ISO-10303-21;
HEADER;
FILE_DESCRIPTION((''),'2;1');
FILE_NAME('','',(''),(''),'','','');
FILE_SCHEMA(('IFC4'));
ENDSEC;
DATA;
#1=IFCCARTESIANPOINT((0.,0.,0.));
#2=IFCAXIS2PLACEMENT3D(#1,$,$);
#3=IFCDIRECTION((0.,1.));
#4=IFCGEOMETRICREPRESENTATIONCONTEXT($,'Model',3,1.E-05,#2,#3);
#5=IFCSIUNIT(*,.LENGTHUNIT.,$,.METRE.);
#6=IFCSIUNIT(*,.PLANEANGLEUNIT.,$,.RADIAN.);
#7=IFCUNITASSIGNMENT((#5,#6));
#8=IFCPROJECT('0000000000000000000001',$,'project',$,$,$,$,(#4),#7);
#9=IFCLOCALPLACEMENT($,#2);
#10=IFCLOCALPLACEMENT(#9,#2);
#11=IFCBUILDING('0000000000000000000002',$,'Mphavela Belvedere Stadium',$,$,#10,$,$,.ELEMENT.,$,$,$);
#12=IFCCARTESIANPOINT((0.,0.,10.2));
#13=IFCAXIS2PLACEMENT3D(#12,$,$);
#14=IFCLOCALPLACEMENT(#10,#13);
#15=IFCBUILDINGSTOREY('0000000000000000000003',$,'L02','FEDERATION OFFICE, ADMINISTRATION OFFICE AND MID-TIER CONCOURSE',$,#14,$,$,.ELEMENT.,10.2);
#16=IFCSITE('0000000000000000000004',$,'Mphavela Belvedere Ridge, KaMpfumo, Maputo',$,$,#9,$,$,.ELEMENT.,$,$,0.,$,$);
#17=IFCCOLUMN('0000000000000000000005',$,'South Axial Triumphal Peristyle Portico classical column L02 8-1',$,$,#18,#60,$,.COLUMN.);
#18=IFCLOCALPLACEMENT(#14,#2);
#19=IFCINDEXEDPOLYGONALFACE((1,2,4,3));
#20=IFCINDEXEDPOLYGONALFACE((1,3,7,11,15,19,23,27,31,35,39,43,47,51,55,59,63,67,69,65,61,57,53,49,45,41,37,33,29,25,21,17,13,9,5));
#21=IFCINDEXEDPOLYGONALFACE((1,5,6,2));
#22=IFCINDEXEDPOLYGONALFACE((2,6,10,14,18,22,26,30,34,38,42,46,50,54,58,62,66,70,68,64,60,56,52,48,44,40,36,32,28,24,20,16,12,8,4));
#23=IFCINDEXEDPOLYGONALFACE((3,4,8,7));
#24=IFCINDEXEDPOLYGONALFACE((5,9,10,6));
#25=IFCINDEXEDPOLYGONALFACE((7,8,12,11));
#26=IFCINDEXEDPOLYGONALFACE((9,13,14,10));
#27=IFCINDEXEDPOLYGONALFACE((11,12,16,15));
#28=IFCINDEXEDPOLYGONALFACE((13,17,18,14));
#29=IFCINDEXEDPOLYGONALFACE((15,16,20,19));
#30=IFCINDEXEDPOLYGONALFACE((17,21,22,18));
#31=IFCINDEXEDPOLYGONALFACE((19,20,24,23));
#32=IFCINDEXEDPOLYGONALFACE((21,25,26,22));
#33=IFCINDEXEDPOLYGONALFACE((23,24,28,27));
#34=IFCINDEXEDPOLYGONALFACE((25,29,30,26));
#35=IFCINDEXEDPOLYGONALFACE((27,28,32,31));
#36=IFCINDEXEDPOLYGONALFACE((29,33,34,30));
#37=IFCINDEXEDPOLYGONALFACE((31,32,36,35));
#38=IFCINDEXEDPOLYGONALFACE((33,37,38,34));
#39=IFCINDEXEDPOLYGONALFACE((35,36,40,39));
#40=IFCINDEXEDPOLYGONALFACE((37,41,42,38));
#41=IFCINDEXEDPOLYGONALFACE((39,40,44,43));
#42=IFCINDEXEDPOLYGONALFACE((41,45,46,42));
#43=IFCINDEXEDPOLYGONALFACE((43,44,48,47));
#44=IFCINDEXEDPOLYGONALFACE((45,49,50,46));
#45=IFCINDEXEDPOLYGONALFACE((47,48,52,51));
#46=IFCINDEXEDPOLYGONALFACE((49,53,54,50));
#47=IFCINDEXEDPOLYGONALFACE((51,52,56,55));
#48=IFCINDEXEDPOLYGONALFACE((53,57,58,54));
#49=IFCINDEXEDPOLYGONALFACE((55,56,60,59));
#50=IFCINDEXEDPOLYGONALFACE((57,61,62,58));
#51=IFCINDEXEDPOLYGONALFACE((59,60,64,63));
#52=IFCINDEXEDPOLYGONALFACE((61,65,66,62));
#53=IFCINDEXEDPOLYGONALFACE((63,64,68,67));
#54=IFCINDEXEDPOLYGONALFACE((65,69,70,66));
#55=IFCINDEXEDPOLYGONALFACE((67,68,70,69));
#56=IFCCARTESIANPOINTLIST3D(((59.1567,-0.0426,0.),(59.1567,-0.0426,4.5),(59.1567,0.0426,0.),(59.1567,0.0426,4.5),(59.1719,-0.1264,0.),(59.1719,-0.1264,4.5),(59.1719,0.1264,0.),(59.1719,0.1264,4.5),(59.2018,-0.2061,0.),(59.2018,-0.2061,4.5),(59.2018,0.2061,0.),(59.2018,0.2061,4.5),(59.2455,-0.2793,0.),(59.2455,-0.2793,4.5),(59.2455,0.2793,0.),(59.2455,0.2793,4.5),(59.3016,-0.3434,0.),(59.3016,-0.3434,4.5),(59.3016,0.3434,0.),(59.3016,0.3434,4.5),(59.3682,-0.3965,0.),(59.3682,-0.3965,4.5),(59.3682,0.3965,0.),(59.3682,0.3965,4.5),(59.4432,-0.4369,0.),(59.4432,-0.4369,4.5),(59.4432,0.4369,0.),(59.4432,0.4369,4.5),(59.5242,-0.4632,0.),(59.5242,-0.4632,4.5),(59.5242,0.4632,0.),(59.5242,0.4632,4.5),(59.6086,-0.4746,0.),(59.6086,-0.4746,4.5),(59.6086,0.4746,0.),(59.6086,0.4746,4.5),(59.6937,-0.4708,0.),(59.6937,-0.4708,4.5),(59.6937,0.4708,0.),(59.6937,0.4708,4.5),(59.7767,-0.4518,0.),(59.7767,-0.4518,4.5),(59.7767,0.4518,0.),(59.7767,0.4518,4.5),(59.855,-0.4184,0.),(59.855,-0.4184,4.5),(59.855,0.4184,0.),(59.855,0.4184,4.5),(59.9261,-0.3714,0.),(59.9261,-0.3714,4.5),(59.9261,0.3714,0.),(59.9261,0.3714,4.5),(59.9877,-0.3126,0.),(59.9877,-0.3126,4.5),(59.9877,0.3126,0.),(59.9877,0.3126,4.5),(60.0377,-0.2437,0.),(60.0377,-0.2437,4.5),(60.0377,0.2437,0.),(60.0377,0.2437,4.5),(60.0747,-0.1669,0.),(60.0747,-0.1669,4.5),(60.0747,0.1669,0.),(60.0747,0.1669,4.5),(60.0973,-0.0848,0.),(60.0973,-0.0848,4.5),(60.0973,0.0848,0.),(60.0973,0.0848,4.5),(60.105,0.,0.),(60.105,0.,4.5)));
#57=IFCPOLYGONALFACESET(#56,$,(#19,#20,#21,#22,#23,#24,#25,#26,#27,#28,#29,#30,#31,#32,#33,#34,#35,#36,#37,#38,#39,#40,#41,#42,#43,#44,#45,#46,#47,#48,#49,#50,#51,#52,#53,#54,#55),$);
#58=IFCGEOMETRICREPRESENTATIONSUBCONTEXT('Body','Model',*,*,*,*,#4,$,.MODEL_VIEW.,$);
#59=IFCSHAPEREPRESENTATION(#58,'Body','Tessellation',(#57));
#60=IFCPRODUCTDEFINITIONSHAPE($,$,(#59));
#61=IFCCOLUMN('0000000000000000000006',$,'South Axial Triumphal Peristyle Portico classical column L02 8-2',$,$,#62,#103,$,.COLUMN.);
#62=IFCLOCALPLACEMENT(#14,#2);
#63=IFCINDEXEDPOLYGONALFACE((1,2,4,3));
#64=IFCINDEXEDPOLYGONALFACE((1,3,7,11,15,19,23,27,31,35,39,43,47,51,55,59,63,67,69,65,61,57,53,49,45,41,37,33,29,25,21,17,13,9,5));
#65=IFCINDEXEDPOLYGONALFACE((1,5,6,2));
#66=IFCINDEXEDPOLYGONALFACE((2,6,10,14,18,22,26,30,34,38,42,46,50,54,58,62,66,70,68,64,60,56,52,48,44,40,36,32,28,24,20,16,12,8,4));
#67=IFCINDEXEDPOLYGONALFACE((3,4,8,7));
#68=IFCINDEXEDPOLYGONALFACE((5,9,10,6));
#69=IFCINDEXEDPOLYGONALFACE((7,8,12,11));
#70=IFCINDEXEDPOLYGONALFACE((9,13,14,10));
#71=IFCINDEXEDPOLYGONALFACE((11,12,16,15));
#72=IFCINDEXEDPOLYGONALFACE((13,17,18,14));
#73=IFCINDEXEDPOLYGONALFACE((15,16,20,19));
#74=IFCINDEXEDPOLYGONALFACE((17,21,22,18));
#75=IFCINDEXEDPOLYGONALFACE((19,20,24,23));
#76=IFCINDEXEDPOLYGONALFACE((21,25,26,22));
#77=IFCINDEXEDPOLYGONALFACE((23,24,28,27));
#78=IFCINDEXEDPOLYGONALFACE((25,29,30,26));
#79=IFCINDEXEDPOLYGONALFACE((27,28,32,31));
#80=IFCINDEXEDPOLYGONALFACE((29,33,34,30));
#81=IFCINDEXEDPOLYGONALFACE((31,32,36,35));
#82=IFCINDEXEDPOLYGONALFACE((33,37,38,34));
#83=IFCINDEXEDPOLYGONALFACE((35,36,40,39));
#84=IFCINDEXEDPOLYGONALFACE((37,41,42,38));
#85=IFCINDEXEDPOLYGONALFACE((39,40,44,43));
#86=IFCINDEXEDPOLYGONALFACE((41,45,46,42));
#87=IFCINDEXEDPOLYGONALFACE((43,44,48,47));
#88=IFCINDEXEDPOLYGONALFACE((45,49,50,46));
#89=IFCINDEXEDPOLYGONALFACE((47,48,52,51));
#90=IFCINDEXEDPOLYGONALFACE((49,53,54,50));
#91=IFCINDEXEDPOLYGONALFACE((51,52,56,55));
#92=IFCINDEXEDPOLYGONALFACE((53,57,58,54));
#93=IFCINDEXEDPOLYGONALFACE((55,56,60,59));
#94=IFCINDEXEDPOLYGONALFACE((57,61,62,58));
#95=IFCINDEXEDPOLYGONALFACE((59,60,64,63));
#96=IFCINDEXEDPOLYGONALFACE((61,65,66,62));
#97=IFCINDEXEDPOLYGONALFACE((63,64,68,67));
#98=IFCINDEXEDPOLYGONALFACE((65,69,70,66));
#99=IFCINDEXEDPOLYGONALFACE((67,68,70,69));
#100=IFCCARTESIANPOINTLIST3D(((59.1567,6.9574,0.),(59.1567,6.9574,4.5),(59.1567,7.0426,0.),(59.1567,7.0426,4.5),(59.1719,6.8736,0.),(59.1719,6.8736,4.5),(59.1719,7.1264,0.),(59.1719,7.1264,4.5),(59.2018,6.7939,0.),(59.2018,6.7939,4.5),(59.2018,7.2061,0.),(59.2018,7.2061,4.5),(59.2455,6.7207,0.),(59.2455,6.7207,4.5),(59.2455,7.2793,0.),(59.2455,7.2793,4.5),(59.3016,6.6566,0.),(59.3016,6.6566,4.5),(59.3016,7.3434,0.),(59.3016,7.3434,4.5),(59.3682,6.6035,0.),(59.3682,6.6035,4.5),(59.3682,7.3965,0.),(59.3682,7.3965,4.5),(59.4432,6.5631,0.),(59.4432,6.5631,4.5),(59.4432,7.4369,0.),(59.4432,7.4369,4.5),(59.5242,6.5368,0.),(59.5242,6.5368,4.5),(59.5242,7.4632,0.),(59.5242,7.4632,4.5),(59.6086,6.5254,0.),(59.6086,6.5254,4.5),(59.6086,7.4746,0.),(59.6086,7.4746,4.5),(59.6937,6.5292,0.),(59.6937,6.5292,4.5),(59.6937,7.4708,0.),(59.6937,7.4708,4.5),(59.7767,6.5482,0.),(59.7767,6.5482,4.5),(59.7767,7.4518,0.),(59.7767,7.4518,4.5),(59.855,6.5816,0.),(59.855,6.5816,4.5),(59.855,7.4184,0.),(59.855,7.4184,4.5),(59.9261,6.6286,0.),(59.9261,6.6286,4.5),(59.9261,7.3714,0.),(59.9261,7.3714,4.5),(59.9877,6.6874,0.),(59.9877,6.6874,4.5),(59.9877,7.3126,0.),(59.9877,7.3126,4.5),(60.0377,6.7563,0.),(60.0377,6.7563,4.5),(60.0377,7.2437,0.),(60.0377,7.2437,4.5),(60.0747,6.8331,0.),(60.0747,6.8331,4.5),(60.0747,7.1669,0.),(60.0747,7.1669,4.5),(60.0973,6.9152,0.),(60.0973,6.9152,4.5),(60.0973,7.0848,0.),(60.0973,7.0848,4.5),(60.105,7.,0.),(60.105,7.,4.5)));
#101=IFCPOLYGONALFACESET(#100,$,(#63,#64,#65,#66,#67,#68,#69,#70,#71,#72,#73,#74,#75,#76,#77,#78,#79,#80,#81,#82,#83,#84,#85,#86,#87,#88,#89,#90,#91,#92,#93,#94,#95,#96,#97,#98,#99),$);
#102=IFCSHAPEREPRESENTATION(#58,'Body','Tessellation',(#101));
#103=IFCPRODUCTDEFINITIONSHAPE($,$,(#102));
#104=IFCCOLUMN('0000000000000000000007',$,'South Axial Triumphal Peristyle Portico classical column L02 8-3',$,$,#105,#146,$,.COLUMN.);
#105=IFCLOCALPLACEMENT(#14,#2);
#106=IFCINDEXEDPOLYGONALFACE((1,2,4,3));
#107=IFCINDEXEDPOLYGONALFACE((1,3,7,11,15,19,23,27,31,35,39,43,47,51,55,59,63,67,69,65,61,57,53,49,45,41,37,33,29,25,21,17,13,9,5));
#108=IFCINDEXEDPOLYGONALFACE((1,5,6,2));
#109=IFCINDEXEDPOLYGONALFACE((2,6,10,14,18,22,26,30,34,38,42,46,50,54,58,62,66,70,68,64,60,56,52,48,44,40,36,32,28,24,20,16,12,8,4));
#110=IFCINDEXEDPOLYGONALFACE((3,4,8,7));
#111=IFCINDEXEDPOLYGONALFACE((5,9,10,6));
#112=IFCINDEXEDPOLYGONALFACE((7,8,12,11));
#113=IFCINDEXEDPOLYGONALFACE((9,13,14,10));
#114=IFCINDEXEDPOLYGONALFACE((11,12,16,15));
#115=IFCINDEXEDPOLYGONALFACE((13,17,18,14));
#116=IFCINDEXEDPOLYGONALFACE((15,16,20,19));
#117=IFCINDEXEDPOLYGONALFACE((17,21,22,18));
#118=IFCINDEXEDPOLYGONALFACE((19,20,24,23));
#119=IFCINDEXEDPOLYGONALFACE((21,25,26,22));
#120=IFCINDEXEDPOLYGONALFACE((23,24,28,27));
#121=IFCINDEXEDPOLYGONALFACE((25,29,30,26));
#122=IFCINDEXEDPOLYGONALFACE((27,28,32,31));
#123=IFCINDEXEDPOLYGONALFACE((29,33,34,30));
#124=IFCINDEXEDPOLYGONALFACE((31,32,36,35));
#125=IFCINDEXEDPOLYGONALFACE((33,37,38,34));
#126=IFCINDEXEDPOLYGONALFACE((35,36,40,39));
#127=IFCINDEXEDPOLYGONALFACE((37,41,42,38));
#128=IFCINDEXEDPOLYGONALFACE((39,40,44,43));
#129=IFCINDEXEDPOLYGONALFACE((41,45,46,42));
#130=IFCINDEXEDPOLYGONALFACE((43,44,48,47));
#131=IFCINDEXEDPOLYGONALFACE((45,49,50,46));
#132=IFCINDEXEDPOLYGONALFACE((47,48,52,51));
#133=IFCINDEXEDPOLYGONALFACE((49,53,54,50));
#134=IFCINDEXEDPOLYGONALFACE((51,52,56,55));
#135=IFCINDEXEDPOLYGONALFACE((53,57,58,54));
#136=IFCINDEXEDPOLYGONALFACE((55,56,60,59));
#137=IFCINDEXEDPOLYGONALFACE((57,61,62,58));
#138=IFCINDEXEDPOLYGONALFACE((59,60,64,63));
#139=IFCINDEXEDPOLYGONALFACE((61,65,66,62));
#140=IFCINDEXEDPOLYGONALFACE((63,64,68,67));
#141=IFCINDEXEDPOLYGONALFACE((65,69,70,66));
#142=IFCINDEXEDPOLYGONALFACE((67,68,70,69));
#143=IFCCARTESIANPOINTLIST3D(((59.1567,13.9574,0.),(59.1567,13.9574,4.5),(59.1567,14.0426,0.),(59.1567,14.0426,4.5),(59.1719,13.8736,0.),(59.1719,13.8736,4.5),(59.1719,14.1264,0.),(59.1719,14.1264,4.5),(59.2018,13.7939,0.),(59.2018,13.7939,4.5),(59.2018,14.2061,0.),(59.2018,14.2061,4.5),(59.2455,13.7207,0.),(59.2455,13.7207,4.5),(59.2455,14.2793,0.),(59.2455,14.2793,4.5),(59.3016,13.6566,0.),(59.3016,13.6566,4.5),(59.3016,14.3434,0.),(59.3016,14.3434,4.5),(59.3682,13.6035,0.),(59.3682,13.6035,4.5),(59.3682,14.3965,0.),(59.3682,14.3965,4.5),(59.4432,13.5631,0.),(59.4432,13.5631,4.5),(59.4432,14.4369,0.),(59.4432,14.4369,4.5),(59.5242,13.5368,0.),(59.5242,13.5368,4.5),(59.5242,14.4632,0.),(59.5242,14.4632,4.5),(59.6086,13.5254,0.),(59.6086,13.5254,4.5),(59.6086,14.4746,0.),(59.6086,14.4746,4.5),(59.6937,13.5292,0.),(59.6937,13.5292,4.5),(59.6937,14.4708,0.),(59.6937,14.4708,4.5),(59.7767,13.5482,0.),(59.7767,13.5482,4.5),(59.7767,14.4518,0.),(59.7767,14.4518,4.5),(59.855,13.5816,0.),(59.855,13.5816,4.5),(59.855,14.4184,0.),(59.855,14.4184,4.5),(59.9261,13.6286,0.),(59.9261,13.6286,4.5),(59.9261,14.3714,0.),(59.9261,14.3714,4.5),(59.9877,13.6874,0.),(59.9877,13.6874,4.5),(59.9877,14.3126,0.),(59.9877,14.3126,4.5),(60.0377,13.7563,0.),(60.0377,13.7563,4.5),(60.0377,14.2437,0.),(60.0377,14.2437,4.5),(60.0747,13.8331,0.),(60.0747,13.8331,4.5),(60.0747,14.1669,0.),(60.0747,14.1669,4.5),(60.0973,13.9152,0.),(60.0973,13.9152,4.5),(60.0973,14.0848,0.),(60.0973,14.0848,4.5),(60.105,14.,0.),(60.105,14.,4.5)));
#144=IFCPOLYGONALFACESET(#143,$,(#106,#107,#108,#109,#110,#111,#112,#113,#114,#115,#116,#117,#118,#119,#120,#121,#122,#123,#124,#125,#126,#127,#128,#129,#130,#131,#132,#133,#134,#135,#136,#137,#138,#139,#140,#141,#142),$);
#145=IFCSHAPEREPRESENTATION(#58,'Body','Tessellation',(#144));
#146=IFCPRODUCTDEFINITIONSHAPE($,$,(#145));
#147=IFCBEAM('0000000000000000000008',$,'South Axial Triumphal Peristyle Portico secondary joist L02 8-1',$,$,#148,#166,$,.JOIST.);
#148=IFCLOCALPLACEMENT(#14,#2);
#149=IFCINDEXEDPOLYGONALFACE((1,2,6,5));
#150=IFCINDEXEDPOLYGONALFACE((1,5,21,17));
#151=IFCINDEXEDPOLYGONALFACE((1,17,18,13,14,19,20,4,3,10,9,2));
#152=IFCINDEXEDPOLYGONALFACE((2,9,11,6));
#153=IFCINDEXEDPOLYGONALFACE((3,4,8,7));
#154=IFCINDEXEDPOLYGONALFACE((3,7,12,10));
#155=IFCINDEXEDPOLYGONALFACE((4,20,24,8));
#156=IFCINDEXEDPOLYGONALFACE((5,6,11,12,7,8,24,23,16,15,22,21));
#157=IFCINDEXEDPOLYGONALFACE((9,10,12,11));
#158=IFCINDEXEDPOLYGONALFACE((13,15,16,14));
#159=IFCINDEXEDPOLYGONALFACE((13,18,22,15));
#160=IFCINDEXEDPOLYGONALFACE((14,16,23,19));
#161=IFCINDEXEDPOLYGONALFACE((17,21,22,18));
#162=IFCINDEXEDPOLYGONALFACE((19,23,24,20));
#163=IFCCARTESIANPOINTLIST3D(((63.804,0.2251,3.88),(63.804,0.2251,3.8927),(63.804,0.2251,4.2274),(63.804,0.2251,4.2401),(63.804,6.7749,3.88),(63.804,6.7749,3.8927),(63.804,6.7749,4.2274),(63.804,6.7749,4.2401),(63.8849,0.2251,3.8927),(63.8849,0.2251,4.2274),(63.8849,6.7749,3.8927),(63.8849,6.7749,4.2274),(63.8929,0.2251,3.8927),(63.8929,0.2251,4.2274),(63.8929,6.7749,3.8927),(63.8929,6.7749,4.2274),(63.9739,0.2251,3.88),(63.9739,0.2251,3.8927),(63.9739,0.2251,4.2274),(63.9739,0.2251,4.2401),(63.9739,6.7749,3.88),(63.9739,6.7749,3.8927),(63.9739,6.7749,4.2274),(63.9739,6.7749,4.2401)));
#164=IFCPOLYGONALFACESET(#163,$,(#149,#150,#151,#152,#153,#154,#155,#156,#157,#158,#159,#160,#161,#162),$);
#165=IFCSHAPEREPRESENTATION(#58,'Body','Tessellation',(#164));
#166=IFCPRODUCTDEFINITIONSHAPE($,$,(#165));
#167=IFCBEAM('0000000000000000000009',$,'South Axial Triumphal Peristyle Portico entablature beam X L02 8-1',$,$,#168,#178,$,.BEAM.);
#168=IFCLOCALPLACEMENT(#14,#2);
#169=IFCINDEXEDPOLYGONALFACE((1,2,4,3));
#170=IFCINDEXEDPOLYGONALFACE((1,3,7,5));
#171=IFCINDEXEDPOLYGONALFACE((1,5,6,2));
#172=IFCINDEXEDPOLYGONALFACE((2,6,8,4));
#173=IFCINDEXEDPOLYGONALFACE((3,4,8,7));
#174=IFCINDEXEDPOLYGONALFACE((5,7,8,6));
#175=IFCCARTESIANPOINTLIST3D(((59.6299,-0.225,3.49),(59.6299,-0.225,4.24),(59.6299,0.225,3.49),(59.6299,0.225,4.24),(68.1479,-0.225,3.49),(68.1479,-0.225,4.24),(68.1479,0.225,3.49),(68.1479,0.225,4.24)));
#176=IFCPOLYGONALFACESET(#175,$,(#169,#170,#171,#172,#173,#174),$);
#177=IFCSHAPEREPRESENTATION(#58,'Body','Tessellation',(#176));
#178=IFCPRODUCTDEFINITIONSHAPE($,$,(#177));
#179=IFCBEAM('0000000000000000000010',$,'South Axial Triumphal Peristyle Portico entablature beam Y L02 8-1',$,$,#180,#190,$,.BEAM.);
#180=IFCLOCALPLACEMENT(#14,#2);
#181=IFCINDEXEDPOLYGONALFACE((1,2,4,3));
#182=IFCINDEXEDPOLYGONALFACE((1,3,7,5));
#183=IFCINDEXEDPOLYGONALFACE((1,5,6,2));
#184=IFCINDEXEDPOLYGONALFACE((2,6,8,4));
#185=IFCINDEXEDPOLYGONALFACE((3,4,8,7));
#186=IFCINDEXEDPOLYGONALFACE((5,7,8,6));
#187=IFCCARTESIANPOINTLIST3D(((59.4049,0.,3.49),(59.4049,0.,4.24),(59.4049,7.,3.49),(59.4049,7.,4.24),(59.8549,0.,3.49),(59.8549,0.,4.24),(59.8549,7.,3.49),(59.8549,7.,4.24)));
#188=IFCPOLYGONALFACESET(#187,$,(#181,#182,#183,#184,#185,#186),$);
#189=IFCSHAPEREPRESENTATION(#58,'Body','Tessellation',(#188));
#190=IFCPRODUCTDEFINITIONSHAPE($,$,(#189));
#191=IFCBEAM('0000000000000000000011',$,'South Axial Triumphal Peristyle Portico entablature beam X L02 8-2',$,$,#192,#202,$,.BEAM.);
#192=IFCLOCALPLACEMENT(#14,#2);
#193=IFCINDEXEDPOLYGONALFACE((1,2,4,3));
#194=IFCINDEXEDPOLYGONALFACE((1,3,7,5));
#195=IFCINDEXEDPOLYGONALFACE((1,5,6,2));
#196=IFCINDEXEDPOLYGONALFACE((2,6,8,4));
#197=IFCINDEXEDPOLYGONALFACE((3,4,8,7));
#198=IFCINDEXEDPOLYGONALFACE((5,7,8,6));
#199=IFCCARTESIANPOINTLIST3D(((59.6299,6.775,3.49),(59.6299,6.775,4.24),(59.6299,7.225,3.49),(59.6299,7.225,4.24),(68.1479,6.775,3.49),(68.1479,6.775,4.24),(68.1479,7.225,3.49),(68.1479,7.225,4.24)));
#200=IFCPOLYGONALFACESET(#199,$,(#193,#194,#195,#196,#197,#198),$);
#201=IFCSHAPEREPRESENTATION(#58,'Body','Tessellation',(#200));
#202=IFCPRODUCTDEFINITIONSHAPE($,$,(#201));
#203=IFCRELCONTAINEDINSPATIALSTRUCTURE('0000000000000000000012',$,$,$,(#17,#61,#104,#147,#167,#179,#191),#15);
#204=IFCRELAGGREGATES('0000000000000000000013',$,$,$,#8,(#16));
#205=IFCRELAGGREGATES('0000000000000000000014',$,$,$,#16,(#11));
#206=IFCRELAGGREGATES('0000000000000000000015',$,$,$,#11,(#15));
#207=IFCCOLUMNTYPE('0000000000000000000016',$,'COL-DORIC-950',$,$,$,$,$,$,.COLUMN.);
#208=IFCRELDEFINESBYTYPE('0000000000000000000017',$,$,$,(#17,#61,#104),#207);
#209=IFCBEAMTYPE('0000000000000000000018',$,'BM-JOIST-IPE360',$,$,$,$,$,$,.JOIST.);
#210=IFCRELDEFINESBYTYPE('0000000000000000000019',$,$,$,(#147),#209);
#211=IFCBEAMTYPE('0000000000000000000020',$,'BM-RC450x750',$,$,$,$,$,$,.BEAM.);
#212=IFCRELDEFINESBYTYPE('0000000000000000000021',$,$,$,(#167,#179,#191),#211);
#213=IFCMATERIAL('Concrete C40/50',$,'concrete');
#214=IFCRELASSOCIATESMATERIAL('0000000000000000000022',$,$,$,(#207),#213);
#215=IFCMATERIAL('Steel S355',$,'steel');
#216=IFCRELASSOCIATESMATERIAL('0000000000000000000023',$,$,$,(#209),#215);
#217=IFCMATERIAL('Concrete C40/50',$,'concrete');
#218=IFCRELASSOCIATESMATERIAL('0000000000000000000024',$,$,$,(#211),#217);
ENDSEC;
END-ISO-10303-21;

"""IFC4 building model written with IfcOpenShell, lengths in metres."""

from ifc_helpers import new_model, si_unit, direction, frame, origin, origin_2d, place, context, subcontext, project, spatial, rectangle, circle, i_section, extrude, material, material_profile, profile_set, type_object, element, save


model = new_model("IFC4")

# Units and contexts
model_context = context("Model", 3, precision=1e-05, world=origin(), true_north=direction((0.0, 1.0)))
body_context = subcontext(model_context, "Body", "Model", "MODEL_VIEW")
ifc_project = project(units=[si_unit("LENGTHUNIT", "METRE"), si_unit("PLANEANGLEUNIT", "RADIAN")], contexts=[model_context])

# Site, building, storey
site_placement = place(None, origin())
site = spatial("IfcSite", under=ifc_project, at=site_placement, Name="Mphavela Belvedere Ridge, KaMpfumo, Maputo", CompositionType="ELEMENT", RefElevation=0.0)
building_placement = place(site_placement, origin())
building = spatial("IfcBuilding", under=site, at=building_placement, Name="Mphavela Belvedere Stadium", CompositionType="ELEMENT")
storey_placement = place(building_placement, frame((0.0, 0.0, 10.2)))
storey = spatial("IfcBuildingStorey", under=building, at=storey_placement, Name="L02", Description="FEDERATION OFFICE, ADMINISTRATION OFFICE AND MID-TIER CONCOURSE", CompositionType="ELEMENT", Elevation=10.2)

# Columns
ifc_material_1 = material(Name="Concrete C40/50", Category="concrete")
ifc_material_profile_1 = material_profile(ifc_material_1, circle(Radius=0.4751, at=origin_2d()), Name="COL D950")
ifc_profile_set_1 = profile_set([ifc_material_profile_1], Name="Concrete C40/50")
column_type = type_object("IfcColumnType", Name="COL-DORIC-950", PredefinedType="COLUMN", material=ifc_profile_set_1)
for number, where, z_axis, x_axis, name in (
    (1, (59.6299, 0.0, 0.0), (0.0, 0.0, 1.0), (1.0, 0.0, 0.0), "South Axial Triumphal Peristyle Portico classical column L02 8-1"),
    (2, (59.6299, 7.0, 0.0), (0.0, 0.0, 1.0), (1.0, 0.0, 0.0), "South Axial Triumphal Peristyle Portico classical column L02 8-2"),
    (3, (59.6299, 14.0, 0.0), (0.0, 0.0, 1.0), (1.0, 0.0, 0.0), "South Axial Triumphal Peristyle Portico classical column L02 8-3"),
):
    element("IfcColumn", number, at=place(storey_placement, frame(where, z_axis=z_axis, x_axis=x_axis)), inside=storey, type_object=column_type, Name=name, PredefinedType="COLUMN", context=body_context, shape_type="SweptSolid", body=[
        extrude(circle(Radius=0.4751, at=origin_2d()), origin(), (0.0, 0.0, 1.0), 4.5),
    ])

# Beams
ifc_material_2 = material(Name="Steel S355", Category="steel")
ifc_material_profile_2 = material_profile(ifc_material_2, i_section(OverallWidth=0.1699, OverallDepth=0.3601, WebThickness=0.0081, FlangeThickness=0.0127, at=origin_2d()), Name="IPE 360")
ifc_profile_set_2 = profile_set([ifc_material_profile_2], Name="Steel S355")
beam_type_1 = type_object("IfcBeamType", Name="BM-JOIST-IPE360", PredefinedType="JOIST", material=ifc_profile_set_2)
beam_1_placement = place(storey_placement, frame((63.8889, 0.2251, 4.0601), z_axis=(0.0, 1.0, 0.0), x_axis=(-1.0, 0.0, 0.0)))
element("IfcBeam", 4, at=beam_1_placement, inside=storey, type_object=beam_type_1, Name="South Axial Triumphal Peristyle Portico secondary joist L02 8-1", PredefinedType="JOIST", context=body_context, shape_type="SweptSolid", body=[
    extrude(i_section(OverallWidth=0.1699, OverallDepth=0.3601, WebThickness=0.0081, FlangeThickness=0.0127, at=origin_2d()), origin(), (0.0, 0.0, 1.0), 6.5498),
])
ifc_material_3 = material(Name="Concrete C40/50", Category="concrete")
ifc_material_profile_3 = material_profile(ifc_material_3, rectangle(XDim=0.45, YDim=0.75, at=origin_2d()), Name="RC 450x750")
ifc_profile_set_3 = profile_set([ifc_material_profile_3], Name="Concrete C40/50")
beam_type_2 = type_object("IfcBeamType", Name="BM-RC450x750", PredefinedType="BEAM", material=ifc_profile_set_3)
beam_2_placement = place(storey_placement, frame((59.6299, 0.0, 3.865), z_axis=(1.0, 0.0, 0.0), x_axis=(0.0, 1.0, 0.0)))
element("IfcBeam", 5, at=beam_2_placement, inside=storey, type_object=beam_type_2, Name="South Axial Triumphal Peristyle Portico entablature beam X L02 8-1", PredefinedType="BEAM", context=body_context, shape_type="SweptSolid", body=[
    extrude(rectangle(XDim=0.45, YDim=0.75, at=origin_2d()), origin(), (0.0, 0.0, 1.0), 8.5181),
])
beam_3_placement = place(storey_placement, frame((59.6299, 0.0, 3.865), z_axis=(0.0, 1.0, 0.0), x_axis=(-1.0, 0.0, 0.0)))
element("IfcBeam", 6, at=beam_3_placement, inside=storey, type_object=beam_type_2, Name="South Axial Triumphal Peristyle Portico entablature beam Y L02 8-1", PredefinedType="BEAM", context=body_context, shape_type="SweptSolid", body=[
    extrude(rectangle(XDim=0.45, YDim=0.75, at=origin_2d()), origin(), (0.0, 0.0, 1.0), 7.0),
])
beam_4_placement = place(storey_placement, frame((59.6299, 7.0, 3.865), z_axis=(1.0, 0.0, 0.0), x_axis=(0.0, 1.0, 0.0)))
element("IfcBeam", 7, at=beam_4_placement, inside=storey, type_object=beam_type_2, Name="South Axial Triumphal Peristyle Portico entablature beam X L02 8-2", PredefinedType="BEAM", context=body_context, shape_type="SweptSolid", body=[
    extrude(rectangle(XDim=0.45, YDim=0.75, at=origin_2d()), origin(), (0.0, 0.0, 1.0), 8.5181),
])

save(model, "model.ifc")
